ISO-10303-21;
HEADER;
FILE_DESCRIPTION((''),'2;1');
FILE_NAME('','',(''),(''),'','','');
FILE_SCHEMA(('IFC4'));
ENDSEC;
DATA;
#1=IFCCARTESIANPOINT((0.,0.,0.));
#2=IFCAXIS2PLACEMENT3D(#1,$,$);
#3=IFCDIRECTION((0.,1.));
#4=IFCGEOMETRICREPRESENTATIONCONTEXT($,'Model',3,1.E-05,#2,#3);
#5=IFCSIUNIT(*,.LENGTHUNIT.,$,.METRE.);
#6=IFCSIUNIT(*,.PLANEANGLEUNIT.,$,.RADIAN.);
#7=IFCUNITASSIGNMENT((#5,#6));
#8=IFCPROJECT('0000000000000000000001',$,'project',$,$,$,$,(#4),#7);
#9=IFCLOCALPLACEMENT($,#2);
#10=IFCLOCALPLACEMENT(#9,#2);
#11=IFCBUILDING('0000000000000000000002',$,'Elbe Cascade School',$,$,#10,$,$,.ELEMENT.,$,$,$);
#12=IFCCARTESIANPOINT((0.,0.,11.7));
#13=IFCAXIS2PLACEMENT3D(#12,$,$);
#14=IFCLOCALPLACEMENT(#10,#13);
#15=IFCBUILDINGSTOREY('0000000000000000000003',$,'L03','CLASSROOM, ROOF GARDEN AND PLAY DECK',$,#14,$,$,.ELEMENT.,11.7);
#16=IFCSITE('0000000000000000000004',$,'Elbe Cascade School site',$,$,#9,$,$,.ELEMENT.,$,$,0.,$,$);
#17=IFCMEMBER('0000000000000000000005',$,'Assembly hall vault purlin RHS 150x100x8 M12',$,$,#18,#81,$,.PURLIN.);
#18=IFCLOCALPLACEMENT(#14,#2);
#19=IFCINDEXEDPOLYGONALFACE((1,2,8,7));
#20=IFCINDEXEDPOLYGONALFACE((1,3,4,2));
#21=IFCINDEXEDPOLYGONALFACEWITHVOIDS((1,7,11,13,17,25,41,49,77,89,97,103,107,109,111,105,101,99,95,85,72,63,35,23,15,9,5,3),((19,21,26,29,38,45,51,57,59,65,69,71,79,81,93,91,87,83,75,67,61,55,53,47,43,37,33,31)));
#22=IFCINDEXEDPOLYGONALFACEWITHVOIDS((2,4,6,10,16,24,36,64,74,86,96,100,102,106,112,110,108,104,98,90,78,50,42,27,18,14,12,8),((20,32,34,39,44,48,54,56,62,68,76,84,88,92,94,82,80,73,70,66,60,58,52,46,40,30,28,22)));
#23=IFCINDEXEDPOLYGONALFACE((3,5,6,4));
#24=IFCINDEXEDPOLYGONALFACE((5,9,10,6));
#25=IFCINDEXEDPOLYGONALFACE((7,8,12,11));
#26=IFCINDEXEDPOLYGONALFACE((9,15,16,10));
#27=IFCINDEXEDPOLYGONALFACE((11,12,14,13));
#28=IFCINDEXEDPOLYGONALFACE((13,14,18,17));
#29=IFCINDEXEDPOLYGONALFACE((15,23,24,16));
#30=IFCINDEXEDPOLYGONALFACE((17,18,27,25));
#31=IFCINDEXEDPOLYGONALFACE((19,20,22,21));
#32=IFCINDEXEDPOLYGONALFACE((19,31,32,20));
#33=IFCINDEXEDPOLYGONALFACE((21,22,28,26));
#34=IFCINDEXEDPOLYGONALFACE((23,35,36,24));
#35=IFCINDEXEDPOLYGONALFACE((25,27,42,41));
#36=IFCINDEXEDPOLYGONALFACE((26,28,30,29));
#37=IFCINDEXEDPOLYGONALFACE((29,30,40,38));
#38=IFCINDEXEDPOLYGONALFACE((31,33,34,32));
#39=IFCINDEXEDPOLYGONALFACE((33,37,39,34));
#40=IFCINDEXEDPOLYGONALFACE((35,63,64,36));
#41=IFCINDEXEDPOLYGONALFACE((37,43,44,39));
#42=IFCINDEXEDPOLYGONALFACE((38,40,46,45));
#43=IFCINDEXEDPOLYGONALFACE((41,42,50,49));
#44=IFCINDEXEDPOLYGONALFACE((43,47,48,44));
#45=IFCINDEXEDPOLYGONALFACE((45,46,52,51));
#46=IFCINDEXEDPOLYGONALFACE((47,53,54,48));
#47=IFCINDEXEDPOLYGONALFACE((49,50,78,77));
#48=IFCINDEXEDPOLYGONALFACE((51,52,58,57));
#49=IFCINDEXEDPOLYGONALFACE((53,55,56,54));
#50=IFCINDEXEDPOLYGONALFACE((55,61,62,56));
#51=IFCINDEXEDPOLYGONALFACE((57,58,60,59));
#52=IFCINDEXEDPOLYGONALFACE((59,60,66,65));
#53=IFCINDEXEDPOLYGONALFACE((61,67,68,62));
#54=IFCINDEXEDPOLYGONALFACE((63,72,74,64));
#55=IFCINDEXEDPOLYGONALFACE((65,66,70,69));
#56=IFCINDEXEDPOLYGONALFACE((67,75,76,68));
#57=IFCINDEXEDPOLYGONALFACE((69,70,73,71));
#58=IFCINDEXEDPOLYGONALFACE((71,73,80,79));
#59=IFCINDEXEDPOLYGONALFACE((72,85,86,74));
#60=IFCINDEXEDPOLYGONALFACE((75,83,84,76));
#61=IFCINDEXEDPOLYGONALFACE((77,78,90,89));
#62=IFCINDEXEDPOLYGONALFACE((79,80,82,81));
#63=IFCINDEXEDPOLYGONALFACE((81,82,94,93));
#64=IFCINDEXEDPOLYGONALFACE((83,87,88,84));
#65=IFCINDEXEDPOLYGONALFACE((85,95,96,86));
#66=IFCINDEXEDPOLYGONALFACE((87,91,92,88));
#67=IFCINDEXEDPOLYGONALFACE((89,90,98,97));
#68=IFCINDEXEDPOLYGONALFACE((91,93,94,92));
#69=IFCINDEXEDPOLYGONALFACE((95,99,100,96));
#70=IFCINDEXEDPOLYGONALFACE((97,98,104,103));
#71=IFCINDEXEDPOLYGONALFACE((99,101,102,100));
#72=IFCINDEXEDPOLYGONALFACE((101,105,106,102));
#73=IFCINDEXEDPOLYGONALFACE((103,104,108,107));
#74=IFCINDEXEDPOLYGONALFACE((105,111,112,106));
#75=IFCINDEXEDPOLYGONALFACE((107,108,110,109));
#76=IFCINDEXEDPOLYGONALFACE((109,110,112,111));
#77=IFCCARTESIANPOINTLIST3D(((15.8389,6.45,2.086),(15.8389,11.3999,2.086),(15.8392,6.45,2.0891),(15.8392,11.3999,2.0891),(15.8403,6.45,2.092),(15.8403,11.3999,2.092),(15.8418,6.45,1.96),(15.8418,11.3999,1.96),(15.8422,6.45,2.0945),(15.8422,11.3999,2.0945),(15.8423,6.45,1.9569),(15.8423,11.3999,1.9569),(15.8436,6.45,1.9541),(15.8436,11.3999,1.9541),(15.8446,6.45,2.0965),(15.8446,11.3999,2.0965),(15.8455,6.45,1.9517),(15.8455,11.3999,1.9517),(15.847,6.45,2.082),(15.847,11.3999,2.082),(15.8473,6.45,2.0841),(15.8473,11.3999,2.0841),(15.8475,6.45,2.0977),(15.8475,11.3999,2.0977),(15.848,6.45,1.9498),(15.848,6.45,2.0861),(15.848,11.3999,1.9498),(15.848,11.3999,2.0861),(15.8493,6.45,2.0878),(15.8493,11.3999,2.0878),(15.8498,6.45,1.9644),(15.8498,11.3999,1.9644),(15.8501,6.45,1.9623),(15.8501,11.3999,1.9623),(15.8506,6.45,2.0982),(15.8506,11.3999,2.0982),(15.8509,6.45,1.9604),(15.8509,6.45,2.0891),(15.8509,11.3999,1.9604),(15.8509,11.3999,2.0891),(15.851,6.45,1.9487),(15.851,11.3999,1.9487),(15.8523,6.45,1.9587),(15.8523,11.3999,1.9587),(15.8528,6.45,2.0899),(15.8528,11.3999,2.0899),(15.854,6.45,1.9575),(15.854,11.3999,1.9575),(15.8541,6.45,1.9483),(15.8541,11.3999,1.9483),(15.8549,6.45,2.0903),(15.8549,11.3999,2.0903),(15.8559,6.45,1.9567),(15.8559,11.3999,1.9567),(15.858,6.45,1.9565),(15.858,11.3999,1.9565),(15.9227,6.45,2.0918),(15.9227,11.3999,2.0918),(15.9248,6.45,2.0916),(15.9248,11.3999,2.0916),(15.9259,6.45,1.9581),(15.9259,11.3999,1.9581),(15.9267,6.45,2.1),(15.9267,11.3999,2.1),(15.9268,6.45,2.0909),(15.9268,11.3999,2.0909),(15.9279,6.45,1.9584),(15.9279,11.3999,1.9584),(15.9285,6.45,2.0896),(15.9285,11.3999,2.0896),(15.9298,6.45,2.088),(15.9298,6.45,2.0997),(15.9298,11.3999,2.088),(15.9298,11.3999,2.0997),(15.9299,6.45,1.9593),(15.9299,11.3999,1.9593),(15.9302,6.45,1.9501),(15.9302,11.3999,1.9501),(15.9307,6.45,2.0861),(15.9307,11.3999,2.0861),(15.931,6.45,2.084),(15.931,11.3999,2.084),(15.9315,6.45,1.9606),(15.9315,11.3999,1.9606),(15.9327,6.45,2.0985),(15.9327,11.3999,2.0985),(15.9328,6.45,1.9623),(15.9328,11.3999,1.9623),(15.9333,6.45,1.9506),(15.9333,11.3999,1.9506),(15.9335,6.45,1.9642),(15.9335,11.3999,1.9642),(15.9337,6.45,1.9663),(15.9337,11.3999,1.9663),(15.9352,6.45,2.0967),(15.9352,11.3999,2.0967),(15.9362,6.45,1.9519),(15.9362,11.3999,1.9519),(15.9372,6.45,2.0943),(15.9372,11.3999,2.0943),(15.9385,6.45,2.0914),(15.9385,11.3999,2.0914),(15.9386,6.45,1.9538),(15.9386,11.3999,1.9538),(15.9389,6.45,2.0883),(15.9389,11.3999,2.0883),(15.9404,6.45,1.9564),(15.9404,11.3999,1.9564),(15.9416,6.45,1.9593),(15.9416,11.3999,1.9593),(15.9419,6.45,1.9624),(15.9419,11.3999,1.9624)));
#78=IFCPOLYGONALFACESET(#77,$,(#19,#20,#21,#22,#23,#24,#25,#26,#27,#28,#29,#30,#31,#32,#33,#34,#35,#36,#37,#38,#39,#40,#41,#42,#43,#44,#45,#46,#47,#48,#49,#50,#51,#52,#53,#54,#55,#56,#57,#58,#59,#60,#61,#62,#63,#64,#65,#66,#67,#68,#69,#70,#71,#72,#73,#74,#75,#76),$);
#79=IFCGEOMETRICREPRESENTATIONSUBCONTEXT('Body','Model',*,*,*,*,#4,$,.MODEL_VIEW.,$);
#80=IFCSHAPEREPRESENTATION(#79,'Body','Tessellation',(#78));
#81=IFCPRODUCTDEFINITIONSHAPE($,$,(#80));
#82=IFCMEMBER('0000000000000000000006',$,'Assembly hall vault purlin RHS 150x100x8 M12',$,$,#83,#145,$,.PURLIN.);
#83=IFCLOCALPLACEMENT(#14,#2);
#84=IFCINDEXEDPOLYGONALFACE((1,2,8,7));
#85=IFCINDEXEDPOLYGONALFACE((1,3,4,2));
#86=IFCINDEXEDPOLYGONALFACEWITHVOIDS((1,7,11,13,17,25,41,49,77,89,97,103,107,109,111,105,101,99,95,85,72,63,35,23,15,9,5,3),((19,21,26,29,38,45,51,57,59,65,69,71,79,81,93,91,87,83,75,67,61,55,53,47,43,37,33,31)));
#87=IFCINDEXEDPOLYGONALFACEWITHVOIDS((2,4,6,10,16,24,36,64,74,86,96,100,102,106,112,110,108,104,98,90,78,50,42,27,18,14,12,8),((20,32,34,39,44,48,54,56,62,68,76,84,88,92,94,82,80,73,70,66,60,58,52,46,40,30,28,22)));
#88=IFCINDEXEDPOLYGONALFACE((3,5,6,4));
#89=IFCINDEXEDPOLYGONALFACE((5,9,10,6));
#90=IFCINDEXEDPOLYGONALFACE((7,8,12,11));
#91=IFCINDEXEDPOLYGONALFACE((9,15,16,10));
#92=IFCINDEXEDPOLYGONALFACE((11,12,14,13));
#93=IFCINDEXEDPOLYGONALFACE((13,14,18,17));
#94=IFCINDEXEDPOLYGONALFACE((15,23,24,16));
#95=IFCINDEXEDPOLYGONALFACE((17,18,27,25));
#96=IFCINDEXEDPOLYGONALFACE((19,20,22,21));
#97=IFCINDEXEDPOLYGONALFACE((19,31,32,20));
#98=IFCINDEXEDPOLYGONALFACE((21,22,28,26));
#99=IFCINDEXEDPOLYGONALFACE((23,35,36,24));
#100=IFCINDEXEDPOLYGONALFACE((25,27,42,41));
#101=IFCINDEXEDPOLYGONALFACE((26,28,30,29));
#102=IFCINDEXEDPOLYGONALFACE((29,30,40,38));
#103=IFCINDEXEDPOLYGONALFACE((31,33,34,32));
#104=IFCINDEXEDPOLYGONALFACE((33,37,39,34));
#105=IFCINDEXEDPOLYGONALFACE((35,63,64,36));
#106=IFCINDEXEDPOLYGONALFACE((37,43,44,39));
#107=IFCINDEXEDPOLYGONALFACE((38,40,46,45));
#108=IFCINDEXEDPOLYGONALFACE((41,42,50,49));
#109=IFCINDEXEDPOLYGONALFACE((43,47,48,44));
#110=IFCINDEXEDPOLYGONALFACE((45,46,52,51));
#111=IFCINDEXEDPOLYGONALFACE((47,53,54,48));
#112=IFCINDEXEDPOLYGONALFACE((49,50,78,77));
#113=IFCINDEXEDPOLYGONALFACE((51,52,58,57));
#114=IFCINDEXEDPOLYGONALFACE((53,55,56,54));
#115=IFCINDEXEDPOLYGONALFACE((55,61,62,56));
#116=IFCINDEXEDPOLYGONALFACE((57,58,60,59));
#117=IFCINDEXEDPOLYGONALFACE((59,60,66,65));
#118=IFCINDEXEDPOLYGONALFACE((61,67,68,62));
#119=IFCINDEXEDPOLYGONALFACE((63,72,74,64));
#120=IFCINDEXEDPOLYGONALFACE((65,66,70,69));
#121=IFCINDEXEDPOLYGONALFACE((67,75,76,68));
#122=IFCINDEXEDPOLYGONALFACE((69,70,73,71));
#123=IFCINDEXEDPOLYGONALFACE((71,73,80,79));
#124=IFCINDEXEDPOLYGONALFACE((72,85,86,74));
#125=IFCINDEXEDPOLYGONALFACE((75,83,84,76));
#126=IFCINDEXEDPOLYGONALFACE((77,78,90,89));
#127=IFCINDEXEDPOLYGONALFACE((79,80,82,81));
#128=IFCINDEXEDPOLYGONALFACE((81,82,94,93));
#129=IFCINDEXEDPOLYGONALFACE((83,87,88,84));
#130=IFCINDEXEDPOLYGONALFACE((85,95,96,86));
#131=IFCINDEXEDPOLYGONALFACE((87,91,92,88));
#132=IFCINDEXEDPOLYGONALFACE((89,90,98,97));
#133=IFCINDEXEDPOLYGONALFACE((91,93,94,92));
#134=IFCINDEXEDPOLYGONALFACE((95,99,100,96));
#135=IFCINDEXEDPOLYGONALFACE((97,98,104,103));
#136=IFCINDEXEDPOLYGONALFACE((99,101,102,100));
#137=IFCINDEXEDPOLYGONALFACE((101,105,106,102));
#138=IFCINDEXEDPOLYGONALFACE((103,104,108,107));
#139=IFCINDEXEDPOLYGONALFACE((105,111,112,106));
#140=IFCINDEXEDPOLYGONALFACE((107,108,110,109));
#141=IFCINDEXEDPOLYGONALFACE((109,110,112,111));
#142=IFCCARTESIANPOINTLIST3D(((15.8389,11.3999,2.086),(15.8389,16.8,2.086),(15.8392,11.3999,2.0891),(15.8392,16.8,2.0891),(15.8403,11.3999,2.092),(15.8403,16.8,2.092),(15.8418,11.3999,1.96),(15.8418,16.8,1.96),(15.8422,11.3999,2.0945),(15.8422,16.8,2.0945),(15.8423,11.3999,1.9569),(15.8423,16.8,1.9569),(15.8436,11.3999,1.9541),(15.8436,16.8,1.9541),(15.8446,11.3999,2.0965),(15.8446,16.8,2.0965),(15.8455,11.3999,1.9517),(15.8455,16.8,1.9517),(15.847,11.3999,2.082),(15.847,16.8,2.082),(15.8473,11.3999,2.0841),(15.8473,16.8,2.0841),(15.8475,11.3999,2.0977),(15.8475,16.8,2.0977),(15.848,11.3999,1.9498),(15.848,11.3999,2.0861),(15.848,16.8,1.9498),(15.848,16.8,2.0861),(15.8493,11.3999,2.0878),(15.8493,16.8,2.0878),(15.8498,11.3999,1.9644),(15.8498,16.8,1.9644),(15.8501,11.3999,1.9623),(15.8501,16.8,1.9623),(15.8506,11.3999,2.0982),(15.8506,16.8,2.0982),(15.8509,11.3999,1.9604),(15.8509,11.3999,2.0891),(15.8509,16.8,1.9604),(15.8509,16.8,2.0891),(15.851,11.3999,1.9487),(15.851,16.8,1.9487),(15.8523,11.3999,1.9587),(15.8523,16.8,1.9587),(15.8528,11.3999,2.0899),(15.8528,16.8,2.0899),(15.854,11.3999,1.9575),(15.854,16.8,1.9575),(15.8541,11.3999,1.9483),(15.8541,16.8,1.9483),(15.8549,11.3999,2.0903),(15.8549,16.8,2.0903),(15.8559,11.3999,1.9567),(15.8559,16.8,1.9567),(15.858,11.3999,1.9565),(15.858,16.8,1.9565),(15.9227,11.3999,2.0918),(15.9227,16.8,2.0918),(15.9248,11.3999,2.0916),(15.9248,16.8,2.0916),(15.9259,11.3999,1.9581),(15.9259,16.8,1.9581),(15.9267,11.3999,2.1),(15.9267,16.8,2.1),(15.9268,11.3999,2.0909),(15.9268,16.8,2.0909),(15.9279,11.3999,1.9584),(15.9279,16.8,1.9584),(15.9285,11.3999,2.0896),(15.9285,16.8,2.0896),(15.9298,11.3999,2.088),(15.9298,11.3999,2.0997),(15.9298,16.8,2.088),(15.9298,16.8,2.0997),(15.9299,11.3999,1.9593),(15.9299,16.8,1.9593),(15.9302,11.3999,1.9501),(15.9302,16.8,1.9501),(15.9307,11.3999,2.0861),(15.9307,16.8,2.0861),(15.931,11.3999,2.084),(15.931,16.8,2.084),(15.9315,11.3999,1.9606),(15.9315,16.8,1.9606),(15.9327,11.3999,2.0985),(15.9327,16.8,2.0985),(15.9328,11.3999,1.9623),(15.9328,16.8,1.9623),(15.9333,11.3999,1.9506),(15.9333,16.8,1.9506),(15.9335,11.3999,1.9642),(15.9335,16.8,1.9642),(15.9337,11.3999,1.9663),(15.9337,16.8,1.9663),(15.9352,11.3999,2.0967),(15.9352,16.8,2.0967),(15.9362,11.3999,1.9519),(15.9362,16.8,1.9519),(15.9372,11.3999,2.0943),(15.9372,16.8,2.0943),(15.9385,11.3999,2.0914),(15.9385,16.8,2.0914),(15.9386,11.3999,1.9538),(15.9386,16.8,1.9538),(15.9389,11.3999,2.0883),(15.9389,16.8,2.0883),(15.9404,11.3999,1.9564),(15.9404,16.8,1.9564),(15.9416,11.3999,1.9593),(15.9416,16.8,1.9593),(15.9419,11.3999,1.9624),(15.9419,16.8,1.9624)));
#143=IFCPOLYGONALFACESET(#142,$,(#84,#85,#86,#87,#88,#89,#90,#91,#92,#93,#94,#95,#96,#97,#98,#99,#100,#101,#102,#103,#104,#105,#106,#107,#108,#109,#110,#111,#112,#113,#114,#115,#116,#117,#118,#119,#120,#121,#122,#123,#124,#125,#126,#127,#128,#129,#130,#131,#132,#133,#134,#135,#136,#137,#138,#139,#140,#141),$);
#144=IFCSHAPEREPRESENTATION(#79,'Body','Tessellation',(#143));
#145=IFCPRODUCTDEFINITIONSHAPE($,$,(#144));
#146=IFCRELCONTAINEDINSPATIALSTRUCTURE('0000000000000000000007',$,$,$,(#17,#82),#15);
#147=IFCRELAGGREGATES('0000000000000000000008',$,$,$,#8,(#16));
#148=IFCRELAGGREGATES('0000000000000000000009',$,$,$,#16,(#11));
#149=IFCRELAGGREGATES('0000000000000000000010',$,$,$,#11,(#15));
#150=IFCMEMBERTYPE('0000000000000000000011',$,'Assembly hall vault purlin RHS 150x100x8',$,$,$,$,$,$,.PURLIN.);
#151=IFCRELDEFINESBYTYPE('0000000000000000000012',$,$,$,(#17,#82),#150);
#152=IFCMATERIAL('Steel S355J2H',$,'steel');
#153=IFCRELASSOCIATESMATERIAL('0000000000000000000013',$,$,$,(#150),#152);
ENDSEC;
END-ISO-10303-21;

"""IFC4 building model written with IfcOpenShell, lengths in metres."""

from ifc_helpers import new_model, si_unit, direction, frame, origin, origin_2d, place, context, subcontext, project, spatial, hollow_rectangle, extrude, material, material_profile, profile_set, type_object, element, save


model = new_model("IFC4")

# Units and contexts
model_context = context("Model", 3, precision=1e-05, world=origin(), true_north=direction((0.0, 1.0)))
body_context = subcontext(model_context, "Body", "Model", "MODEL_VIEW")
ifc_project = project(units=[si_unit("LENGTHUNIT", "METRE"), si_unit("PLANEANGLEUNIT", "RADIAN")], contexts=[model_context])

# Site, building, storey
site_placement = place(None, origin())
site = spatial("IfcSite", under=ifc_project, at=site_placement, Name="Elbe Cascade School site", CompositionType="ELEMENT", RefElevation=0.0)
building_placement = place(site_placement, origin())
building = spatial("IfcBuilding", under=site, at=building_placement, Name="Elbe Cascade School", CompositionType="ELEMENT")
storey_placement = place(building_placement, frame((0.0, 0.0, 11.7)))
storey = spatial("IfcBuildingStorey", under=building, at=storey_placement, Name="L03", Description="CLASSROOM, ROOF GARDEN AND PLAY DECK", CompositionType="ELEMENT", Elevation=11.7)

# Members
ifc_material_1 = material(Name="Steel S355J2H", Category="steel")
ifc_material_profile_1 = material_profile(ifc_material_1, hollow_rectangle(XDim=0.1001, YDim=0.1499, WallThickness=0.0081, InnerFilletRadius=0.0081, OuterFilletRadius=0.012, at=origin_2d()), Name="RHS 150x100x8")
ifc_profile_set_1 = profile_set([ifc_material_profile_1], Name="Steel S355J2H")
member_type_1 = type_object("IfcMemberType", Name="Assembly hall vault purlin RHS 150x100x8", PredefinedType="PURLIN", material=ifc_profile_set_1)
member_1_placement = place(storey_placement, frame((15.8904, 6.45, 2.0242), z_axis=(0.0, 1.0, 0.0), x_axis=(-0.999727, 0.0, -0.023378)))
element("IfcMember", 1, at=member_1_placement, inside=storey, type_object=member_type_1, Name="Assembly hall vault purlin RHS 150x100x8 M12", PredefinedType="PURLIN", context=body_context, shape_type="SweptSolid", body=[
    extrude(hollow_rectangle(XDim=0.1001, YDim=0.1499, WallThickness=0.0081, InnerFilletRadius=0.0081, OuterFilletRadius=0.012, at=origin_2d()), origin(), (0.0, 0.0, 1.0), 4.95),
])
member_2_placement = place(storey_placement, frame((15.8904, 11.3999, 2.0242), z_axis=(0.0, 1.0, 0.0), x_axis=(-0.999727, 0.0, -0.023378)))
element("IfcMember", 2, at=member_2_placement, inside=storey, type_object=member_type_1, Name="Assembly hall vault purlin RHS 150x100x8 M12", PredefinedType="PURLIN", context=body_context, shape_type="SweptSolid", body=[
    extrude(hollow_rectangle(XDim=0.1001, YDim=0.1499, WallThickness=0.0081, InnerFilletRadius=0.0081, OuterFilletRadius=0.012, at=origin_2d()), origin(), (0.0, 0.0, 1.0), 5.4001),
])

save(model, "model.ifc")
